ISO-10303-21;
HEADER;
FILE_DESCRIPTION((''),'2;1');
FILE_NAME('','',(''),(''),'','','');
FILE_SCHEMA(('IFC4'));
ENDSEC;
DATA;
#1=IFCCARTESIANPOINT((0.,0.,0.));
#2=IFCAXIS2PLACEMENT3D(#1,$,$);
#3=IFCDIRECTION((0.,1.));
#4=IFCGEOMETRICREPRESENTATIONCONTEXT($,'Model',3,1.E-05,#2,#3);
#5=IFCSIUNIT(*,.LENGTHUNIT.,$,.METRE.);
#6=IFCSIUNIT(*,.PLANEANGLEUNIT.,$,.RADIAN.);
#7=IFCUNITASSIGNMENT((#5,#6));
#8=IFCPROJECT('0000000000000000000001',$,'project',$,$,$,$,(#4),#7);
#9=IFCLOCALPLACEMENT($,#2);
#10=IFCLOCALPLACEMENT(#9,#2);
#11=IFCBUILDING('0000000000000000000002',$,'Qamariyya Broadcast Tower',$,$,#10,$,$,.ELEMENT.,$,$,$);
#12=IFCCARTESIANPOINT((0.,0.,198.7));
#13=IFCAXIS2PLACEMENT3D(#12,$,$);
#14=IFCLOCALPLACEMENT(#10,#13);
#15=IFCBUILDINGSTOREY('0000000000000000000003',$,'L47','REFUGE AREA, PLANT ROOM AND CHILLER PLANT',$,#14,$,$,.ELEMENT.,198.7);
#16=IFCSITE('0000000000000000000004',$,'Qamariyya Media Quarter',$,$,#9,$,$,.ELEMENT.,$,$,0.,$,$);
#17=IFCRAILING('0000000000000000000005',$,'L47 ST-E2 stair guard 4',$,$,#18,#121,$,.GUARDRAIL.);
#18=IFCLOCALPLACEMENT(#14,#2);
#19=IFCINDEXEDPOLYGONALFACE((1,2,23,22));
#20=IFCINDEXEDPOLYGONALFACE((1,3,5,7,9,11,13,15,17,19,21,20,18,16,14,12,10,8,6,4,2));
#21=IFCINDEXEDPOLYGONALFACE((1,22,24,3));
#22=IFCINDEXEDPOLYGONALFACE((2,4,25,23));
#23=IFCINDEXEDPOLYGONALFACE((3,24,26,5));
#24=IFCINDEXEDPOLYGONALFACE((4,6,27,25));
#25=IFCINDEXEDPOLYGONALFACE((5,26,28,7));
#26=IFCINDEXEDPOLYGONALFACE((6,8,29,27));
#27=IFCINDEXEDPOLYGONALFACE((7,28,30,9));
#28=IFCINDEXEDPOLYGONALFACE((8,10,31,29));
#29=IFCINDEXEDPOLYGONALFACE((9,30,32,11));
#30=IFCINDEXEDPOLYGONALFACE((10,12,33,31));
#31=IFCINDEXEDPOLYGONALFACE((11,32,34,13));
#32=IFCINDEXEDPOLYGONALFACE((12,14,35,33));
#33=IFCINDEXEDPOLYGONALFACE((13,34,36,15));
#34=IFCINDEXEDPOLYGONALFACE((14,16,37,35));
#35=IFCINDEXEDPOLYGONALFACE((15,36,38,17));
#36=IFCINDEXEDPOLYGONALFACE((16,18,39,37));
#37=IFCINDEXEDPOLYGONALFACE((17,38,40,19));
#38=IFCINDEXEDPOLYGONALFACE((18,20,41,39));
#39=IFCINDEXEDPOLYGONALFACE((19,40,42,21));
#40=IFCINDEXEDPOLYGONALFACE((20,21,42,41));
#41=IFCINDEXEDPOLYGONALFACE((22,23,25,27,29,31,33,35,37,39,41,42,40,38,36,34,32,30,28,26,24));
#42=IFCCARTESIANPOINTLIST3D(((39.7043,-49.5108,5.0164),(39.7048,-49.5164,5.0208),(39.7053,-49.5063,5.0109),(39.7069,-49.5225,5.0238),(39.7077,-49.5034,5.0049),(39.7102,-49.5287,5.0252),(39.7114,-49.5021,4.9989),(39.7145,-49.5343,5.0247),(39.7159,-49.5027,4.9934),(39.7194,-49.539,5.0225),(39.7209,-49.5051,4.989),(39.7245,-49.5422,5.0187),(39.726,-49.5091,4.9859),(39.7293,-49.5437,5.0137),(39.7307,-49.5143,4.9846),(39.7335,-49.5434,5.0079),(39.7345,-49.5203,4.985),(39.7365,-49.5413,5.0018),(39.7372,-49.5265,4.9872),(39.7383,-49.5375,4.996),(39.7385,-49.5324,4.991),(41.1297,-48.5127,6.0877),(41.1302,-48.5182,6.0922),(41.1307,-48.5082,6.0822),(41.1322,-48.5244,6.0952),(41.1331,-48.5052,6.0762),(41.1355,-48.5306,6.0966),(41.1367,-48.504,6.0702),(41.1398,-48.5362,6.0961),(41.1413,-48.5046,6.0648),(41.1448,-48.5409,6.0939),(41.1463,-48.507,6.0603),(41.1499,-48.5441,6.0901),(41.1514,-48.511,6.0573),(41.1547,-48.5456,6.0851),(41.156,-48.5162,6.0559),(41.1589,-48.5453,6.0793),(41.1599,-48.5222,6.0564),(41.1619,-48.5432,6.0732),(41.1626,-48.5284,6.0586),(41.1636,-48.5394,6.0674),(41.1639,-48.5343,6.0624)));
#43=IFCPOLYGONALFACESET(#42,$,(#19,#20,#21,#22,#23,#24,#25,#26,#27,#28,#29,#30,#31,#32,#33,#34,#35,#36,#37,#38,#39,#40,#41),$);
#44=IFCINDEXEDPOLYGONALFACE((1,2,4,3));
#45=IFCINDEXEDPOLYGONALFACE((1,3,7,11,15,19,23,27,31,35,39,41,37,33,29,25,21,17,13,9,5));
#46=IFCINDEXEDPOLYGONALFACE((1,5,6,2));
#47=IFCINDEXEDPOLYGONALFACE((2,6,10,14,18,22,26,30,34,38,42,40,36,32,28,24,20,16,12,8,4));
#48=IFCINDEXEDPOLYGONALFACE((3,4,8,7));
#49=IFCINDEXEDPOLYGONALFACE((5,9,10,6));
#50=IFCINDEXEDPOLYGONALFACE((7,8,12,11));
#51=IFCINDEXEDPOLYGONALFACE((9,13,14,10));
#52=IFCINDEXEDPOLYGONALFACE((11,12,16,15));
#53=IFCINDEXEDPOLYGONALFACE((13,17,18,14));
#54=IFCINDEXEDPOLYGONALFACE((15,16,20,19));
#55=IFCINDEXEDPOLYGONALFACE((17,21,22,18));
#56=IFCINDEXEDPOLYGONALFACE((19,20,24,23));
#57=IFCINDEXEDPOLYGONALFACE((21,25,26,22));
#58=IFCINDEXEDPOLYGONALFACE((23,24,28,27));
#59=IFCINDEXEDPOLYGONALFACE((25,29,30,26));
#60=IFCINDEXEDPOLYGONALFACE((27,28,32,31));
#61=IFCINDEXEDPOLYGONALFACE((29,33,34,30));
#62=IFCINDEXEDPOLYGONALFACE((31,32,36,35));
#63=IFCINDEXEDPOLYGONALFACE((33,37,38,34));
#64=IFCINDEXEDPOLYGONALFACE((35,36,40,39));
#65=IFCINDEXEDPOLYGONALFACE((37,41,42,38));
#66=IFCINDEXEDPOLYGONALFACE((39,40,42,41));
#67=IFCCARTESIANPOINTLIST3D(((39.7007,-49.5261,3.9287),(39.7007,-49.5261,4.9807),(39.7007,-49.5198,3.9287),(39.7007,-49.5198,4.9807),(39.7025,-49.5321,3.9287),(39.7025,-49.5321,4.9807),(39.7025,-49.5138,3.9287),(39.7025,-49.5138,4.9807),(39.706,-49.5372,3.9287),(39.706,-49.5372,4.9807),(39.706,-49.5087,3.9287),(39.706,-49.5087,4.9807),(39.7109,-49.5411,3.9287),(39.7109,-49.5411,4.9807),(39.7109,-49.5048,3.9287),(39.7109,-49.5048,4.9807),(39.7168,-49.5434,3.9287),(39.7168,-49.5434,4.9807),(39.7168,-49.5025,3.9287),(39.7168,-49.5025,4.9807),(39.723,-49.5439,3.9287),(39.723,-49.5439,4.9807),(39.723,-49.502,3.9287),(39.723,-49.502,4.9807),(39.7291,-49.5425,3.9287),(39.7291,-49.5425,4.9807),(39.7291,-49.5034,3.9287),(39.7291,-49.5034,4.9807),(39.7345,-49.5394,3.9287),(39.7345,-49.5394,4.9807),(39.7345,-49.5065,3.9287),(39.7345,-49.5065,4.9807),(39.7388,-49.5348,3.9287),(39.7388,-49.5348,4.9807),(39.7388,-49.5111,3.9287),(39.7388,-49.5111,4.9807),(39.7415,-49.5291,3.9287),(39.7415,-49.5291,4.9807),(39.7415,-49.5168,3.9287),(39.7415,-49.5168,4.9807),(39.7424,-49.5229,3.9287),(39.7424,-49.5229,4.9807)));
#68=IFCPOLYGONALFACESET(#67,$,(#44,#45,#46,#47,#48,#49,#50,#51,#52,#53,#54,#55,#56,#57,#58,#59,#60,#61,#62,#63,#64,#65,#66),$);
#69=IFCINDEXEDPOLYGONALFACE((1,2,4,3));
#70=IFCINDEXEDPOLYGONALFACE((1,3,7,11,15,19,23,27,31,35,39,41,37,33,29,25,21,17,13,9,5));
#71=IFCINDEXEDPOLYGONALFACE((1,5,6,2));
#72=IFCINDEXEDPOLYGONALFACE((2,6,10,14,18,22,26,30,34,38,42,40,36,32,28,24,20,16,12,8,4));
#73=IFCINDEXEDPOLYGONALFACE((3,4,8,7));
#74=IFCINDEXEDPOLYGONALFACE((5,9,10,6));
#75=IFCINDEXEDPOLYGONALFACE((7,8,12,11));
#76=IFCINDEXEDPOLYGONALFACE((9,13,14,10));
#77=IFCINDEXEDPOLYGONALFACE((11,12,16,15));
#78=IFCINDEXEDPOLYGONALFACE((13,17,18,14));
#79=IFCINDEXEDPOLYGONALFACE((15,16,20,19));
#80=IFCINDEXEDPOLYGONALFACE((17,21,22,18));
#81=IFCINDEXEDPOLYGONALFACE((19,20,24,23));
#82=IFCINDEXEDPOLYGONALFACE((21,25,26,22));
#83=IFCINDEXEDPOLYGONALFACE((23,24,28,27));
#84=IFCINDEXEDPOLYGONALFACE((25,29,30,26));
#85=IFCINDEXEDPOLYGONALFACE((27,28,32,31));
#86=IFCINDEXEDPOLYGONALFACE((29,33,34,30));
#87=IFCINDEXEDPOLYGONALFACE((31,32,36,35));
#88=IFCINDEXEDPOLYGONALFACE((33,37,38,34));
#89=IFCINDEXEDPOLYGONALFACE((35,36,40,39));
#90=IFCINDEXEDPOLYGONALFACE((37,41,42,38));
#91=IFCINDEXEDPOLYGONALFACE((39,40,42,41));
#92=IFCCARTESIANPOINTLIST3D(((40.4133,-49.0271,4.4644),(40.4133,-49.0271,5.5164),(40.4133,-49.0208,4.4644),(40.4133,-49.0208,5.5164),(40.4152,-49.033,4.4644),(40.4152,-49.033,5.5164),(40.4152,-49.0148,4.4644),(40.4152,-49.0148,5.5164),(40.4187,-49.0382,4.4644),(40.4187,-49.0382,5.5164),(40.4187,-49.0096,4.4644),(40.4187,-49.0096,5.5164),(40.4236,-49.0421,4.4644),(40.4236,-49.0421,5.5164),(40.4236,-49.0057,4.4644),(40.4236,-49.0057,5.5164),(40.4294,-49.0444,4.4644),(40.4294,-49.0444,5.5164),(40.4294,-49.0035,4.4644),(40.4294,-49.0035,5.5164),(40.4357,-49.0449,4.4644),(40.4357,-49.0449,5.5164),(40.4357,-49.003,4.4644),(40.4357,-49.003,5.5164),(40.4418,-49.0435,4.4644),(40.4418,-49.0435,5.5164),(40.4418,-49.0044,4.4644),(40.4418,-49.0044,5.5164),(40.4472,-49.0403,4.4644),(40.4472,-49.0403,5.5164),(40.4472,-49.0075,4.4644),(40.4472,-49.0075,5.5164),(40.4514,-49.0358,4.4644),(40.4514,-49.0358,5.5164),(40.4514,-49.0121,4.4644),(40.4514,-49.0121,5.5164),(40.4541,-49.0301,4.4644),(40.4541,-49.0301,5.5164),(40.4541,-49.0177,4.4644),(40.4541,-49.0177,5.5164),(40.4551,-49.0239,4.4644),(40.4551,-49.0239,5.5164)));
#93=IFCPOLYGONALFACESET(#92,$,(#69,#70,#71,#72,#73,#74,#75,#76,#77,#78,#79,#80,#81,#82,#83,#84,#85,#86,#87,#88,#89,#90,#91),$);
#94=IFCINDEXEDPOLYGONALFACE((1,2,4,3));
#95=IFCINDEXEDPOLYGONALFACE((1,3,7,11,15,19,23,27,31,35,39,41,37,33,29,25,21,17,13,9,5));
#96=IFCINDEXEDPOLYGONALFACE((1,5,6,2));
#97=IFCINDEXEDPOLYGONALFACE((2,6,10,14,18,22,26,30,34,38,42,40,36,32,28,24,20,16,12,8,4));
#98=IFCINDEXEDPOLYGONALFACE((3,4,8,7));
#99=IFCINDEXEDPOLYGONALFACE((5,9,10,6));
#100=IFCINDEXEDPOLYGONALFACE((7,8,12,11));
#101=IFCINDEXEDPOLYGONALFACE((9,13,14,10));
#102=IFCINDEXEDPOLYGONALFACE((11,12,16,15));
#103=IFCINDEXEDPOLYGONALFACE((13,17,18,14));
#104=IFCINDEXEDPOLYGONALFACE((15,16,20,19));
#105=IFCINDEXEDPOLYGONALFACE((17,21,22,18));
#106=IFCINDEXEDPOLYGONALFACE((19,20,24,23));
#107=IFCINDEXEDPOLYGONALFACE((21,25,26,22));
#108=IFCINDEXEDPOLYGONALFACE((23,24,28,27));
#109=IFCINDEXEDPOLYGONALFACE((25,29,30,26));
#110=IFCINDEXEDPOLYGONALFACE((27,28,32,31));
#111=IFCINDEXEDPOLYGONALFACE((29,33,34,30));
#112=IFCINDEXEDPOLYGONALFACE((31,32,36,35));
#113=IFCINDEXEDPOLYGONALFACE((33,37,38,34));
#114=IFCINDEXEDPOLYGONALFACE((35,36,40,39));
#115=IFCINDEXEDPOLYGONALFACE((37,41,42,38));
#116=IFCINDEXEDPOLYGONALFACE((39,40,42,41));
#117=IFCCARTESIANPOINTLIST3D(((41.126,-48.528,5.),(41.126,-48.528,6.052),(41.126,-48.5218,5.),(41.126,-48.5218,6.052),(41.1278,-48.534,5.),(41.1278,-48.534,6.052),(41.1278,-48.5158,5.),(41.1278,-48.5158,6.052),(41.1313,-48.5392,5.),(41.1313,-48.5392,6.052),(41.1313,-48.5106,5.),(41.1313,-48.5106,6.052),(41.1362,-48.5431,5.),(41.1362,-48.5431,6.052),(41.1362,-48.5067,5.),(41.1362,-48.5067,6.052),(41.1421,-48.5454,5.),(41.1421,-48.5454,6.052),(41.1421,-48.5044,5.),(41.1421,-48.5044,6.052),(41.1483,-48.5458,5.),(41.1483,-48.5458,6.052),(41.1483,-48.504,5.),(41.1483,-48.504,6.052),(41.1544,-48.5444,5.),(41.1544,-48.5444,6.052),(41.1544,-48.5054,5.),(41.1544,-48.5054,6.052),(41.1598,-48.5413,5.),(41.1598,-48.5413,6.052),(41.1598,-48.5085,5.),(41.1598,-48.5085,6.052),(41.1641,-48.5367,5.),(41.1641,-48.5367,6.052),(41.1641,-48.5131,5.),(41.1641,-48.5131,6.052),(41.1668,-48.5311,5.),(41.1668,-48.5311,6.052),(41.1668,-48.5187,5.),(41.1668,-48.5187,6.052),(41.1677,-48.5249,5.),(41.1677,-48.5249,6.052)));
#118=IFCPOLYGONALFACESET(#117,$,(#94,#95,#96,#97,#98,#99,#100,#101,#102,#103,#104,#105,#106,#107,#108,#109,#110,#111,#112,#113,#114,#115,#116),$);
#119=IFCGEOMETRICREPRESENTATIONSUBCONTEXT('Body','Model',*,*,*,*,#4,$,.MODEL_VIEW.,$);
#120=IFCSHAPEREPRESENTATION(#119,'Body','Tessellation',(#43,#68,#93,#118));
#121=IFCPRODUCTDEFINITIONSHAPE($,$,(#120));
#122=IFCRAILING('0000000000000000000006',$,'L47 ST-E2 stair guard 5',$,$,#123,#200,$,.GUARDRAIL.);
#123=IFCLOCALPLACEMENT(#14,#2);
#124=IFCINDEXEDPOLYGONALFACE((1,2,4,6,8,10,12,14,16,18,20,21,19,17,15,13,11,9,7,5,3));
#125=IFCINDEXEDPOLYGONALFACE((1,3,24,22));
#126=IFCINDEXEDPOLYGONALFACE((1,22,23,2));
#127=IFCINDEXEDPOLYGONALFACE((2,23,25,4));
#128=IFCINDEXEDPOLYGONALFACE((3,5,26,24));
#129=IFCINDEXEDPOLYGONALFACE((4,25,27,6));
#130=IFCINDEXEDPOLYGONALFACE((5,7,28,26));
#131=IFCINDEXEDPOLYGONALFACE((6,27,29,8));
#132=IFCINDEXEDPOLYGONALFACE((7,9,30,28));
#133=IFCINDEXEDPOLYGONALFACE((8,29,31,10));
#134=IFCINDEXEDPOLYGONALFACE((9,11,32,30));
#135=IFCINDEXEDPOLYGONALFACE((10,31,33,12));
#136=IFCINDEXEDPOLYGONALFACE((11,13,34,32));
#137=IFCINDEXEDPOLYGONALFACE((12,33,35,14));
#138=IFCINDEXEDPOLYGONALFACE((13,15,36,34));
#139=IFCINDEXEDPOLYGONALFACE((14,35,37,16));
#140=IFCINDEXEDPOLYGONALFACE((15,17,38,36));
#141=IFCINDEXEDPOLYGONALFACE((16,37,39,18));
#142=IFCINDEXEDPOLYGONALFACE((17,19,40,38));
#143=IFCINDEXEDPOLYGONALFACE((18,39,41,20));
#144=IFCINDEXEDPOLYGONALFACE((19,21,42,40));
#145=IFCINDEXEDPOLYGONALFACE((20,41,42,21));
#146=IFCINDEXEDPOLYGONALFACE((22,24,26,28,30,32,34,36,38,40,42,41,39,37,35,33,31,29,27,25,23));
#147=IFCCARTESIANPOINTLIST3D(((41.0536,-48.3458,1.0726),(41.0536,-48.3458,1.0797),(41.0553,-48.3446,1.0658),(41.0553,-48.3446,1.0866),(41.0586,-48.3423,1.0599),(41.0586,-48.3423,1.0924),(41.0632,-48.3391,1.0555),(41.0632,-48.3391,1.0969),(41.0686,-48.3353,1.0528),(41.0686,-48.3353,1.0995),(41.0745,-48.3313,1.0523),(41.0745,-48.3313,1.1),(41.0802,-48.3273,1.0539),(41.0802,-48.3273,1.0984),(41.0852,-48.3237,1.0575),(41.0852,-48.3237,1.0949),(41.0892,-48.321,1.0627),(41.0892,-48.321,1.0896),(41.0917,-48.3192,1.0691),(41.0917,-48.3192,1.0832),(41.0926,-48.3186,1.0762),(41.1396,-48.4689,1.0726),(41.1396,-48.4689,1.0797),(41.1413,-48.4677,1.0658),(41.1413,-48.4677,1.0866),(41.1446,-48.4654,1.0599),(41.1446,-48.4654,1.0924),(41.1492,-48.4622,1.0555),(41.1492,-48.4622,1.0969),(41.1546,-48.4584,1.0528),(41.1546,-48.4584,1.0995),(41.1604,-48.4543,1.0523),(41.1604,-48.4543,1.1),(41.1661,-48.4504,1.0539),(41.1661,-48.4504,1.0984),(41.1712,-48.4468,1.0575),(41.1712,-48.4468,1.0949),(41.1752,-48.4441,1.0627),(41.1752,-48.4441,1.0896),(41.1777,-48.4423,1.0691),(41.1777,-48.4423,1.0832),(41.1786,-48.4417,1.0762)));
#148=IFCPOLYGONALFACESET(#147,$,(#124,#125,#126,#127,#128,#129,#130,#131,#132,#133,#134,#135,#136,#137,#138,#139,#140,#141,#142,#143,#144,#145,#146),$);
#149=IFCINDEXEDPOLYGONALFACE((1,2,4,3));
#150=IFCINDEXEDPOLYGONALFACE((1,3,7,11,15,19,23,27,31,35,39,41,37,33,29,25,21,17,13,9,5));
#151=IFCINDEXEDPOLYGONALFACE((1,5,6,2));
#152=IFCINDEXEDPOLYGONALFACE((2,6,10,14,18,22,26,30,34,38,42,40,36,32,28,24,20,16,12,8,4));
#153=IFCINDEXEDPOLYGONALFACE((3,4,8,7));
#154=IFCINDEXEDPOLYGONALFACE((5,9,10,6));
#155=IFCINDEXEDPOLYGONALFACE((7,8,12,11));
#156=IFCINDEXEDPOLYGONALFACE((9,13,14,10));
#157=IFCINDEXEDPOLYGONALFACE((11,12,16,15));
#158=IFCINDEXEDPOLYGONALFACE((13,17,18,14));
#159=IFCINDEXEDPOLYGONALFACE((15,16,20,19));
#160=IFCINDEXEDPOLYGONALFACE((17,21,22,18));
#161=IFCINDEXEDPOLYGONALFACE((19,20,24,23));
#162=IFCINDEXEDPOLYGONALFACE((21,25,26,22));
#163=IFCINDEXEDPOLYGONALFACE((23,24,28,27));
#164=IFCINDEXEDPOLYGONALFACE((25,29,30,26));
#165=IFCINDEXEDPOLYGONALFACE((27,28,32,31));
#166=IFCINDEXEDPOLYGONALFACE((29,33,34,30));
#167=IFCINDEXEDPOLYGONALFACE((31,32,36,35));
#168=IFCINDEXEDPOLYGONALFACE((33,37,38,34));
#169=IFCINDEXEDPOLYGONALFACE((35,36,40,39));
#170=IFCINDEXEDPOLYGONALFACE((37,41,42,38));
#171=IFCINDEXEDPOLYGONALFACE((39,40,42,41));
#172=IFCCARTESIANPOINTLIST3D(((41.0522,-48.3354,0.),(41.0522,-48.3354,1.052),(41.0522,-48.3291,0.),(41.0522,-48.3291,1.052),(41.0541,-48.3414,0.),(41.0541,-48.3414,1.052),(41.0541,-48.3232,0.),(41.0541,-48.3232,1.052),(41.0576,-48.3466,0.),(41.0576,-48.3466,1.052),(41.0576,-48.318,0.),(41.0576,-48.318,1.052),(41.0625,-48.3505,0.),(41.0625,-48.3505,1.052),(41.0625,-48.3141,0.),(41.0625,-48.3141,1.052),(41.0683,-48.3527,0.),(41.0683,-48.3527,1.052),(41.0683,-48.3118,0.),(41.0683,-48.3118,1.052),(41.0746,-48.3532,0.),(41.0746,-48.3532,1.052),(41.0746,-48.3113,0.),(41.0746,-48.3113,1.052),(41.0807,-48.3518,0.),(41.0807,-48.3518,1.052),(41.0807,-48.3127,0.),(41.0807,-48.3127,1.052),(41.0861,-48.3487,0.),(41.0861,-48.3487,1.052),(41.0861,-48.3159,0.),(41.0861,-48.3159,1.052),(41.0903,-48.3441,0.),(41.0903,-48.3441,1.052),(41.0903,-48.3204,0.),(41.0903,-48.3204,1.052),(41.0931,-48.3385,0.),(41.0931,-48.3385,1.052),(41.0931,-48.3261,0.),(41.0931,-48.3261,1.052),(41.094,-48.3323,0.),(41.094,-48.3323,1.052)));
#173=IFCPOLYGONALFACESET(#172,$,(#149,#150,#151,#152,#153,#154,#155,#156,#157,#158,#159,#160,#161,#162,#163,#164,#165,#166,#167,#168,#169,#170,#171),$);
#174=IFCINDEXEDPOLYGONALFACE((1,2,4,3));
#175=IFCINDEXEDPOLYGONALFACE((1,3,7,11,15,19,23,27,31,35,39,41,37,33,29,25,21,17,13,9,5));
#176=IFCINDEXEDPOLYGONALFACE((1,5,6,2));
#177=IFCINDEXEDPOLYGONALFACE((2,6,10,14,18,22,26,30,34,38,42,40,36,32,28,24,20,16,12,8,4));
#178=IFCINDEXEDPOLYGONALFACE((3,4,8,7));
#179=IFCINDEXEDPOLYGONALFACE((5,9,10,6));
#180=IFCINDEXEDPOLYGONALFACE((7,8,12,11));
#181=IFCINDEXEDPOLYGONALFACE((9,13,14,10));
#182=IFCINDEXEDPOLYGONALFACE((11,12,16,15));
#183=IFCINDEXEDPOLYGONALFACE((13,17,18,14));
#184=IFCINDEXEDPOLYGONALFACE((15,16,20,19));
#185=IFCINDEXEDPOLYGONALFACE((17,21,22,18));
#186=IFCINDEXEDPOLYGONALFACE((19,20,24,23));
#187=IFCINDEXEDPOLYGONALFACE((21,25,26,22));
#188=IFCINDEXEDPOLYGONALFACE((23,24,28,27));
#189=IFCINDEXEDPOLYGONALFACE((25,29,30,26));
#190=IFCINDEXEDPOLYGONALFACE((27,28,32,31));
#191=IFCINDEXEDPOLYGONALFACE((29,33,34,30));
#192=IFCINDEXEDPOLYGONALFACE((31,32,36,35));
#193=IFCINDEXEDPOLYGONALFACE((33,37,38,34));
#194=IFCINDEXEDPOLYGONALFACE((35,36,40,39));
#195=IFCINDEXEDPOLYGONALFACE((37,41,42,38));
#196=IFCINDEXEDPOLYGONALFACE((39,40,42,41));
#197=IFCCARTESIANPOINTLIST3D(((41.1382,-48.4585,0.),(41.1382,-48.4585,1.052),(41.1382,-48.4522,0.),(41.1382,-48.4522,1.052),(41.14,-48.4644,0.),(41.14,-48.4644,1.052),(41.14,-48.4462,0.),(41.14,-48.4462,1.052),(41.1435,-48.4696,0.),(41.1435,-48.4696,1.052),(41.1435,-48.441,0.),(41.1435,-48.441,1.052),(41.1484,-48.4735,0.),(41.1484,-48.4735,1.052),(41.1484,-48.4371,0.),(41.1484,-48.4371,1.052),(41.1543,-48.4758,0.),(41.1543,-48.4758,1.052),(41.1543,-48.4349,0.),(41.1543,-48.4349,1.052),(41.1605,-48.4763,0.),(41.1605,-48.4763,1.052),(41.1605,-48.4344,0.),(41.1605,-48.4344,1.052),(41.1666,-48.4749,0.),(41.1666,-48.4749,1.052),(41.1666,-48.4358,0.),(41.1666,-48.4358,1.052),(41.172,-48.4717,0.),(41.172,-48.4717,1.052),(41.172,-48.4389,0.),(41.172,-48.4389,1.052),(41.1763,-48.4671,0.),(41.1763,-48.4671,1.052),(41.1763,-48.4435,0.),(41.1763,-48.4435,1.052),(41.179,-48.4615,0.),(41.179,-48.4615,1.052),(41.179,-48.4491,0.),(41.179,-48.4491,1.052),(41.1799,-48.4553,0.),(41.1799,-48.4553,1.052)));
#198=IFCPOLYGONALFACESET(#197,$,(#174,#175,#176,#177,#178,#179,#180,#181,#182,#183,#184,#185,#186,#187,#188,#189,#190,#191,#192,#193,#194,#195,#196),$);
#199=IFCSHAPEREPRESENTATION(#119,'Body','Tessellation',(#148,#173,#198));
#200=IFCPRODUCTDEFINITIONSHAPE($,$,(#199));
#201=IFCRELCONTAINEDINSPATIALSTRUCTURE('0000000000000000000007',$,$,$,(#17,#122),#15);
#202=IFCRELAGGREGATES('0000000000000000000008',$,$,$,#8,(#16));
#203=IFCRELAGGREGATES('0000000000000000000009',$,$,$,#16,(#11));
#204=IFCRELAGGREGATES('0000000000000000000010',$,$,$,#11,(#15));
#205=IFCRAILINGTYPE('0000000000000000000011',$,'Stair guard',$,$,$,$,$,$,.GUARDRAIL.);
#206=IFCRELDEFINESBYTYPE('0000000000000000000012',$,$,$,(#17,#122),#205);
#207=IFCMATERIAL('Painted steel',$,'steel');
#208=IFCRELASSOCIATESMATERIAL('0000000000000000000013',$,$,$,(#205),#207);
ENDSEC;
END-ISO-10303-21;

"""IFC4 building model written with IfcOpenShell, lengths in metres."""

from ifc_helpers import new_model, si_unit, direction, frame, origin, origin_2d, place, context, subcontext, project, spatial, circle, extrude, material, type_object, element, save


model = new_model("IFC4")

# Units and contexts
model_context = context("Model", 3, precision=1e-05, world=origin(), true_north=direction((0.0, 1.0)))
body_context = subcontext(model_context, "Body", "Model", "MODEL_VIEW")
ifc_project = project(units=[si_unit("LENGTHUNIT", "METRE"), si_unit("PLANEANGLEUNIT", "RADIAN")], contexts=[model_context])

# Site, building, storey
site_placement = place(None, origin())
site = spatial("IfcSite", under=ifc_project, at=site_placement, Name="Qamariyya Media Quarter", CompositionType="ELEMENT", RefElevation=0.0)
building_placement = place(site_placement, origin())
building = spatial("IfcBuilding", under=site, at=building_placement, Name="Qamariyya Broadcast Tower", CompositionType="ELEMENT")
storey_placement = place(building_placement, frame((0.0, 0.0, 198.7)))
storey = spatial("IfcBuildingStorey", under=building, at=storey_placement, Name="L47", Description="REFUGE AREA, PLANT ROOM AND CHILLER PLANT", CompositionType="ELEMENT", Elevation=198.7)

# Railings
ifc_material_1 = material(Name="Painted steel", Category="steel")
railing_type_1 = type_object("IfcRailingType", Name="Stair guard", PredefinedType="GUARDRAIL", material=ifc_material_1)
railing_1_placement = place(storey_placement, frame((39.7214, -49.5229, 3.9287)))
element("IfcRailing", 1, at=railing_1_placement, inside=storey, type_object=railing_type_1, Name="L47 ST-E2 stair guard 4", PredefinedType="GUARDRAIL", context=body_context, shape_type="SweptSolid", body=[
    extrude(circle(Radius=0.0239, at=origin_2d()), frame((0.0, 0.0, 1.0762), z_axis=(0.697533, 0.48844, 0.524285), x_axis=(-0.573594, 0.81914, 0.0)), (0.0, 0.0, 1.0), 2.0435),
    extrude(circle(Radius=0.021, at=origin_2d()), origin(), (0.0, 0.0, 1.0), 1.052),
    extrude(circle(Radius=0.021, at=origin_2d()), frame((0.7126, 0.499, 0.5356)), (0.0, 0.0, 1.0), 1.052),
    extrude(circle(Radius=0.021, at=origin_2d()), frame((1.4253, 0.998, 1.0713)), (0.0, 0.0, 1.0), 1.052),
])
railing_2_placement = place(storey_placement, frame((41.073, -48.3323, 0.0)))
element("IfcRailing", 2, at=railing_2_placement, inside=storey, type_object=railing_type_1, Name="L47 ST-E2 stair guard 5", PredefinedType="GUARDRAIL", context=body_context, shape_type="SweptSolid", body=[
    extrude(circle(Radius=0.0239, at=origin_2d()), frame((0.0, 0.0, 1.0762), z_axis=(0.572589, -0.819843, 0.0), x_axis=(0.819843, 0.572589, 0.0)), (0.0, 0.0, 1.0), 0.1501),
    extrude(circle(Radius=0.021, at=origin_2d()), origin(), (0.0, 0.0, 1.0), 1.052),
    extrude(circle(Radius=0.021, at=origin_2d()), frame((0.0859, -0.123, 0.0)), (0.0, 0.0, 1.0), 1.052),
])

save(model, "model.ifc")
